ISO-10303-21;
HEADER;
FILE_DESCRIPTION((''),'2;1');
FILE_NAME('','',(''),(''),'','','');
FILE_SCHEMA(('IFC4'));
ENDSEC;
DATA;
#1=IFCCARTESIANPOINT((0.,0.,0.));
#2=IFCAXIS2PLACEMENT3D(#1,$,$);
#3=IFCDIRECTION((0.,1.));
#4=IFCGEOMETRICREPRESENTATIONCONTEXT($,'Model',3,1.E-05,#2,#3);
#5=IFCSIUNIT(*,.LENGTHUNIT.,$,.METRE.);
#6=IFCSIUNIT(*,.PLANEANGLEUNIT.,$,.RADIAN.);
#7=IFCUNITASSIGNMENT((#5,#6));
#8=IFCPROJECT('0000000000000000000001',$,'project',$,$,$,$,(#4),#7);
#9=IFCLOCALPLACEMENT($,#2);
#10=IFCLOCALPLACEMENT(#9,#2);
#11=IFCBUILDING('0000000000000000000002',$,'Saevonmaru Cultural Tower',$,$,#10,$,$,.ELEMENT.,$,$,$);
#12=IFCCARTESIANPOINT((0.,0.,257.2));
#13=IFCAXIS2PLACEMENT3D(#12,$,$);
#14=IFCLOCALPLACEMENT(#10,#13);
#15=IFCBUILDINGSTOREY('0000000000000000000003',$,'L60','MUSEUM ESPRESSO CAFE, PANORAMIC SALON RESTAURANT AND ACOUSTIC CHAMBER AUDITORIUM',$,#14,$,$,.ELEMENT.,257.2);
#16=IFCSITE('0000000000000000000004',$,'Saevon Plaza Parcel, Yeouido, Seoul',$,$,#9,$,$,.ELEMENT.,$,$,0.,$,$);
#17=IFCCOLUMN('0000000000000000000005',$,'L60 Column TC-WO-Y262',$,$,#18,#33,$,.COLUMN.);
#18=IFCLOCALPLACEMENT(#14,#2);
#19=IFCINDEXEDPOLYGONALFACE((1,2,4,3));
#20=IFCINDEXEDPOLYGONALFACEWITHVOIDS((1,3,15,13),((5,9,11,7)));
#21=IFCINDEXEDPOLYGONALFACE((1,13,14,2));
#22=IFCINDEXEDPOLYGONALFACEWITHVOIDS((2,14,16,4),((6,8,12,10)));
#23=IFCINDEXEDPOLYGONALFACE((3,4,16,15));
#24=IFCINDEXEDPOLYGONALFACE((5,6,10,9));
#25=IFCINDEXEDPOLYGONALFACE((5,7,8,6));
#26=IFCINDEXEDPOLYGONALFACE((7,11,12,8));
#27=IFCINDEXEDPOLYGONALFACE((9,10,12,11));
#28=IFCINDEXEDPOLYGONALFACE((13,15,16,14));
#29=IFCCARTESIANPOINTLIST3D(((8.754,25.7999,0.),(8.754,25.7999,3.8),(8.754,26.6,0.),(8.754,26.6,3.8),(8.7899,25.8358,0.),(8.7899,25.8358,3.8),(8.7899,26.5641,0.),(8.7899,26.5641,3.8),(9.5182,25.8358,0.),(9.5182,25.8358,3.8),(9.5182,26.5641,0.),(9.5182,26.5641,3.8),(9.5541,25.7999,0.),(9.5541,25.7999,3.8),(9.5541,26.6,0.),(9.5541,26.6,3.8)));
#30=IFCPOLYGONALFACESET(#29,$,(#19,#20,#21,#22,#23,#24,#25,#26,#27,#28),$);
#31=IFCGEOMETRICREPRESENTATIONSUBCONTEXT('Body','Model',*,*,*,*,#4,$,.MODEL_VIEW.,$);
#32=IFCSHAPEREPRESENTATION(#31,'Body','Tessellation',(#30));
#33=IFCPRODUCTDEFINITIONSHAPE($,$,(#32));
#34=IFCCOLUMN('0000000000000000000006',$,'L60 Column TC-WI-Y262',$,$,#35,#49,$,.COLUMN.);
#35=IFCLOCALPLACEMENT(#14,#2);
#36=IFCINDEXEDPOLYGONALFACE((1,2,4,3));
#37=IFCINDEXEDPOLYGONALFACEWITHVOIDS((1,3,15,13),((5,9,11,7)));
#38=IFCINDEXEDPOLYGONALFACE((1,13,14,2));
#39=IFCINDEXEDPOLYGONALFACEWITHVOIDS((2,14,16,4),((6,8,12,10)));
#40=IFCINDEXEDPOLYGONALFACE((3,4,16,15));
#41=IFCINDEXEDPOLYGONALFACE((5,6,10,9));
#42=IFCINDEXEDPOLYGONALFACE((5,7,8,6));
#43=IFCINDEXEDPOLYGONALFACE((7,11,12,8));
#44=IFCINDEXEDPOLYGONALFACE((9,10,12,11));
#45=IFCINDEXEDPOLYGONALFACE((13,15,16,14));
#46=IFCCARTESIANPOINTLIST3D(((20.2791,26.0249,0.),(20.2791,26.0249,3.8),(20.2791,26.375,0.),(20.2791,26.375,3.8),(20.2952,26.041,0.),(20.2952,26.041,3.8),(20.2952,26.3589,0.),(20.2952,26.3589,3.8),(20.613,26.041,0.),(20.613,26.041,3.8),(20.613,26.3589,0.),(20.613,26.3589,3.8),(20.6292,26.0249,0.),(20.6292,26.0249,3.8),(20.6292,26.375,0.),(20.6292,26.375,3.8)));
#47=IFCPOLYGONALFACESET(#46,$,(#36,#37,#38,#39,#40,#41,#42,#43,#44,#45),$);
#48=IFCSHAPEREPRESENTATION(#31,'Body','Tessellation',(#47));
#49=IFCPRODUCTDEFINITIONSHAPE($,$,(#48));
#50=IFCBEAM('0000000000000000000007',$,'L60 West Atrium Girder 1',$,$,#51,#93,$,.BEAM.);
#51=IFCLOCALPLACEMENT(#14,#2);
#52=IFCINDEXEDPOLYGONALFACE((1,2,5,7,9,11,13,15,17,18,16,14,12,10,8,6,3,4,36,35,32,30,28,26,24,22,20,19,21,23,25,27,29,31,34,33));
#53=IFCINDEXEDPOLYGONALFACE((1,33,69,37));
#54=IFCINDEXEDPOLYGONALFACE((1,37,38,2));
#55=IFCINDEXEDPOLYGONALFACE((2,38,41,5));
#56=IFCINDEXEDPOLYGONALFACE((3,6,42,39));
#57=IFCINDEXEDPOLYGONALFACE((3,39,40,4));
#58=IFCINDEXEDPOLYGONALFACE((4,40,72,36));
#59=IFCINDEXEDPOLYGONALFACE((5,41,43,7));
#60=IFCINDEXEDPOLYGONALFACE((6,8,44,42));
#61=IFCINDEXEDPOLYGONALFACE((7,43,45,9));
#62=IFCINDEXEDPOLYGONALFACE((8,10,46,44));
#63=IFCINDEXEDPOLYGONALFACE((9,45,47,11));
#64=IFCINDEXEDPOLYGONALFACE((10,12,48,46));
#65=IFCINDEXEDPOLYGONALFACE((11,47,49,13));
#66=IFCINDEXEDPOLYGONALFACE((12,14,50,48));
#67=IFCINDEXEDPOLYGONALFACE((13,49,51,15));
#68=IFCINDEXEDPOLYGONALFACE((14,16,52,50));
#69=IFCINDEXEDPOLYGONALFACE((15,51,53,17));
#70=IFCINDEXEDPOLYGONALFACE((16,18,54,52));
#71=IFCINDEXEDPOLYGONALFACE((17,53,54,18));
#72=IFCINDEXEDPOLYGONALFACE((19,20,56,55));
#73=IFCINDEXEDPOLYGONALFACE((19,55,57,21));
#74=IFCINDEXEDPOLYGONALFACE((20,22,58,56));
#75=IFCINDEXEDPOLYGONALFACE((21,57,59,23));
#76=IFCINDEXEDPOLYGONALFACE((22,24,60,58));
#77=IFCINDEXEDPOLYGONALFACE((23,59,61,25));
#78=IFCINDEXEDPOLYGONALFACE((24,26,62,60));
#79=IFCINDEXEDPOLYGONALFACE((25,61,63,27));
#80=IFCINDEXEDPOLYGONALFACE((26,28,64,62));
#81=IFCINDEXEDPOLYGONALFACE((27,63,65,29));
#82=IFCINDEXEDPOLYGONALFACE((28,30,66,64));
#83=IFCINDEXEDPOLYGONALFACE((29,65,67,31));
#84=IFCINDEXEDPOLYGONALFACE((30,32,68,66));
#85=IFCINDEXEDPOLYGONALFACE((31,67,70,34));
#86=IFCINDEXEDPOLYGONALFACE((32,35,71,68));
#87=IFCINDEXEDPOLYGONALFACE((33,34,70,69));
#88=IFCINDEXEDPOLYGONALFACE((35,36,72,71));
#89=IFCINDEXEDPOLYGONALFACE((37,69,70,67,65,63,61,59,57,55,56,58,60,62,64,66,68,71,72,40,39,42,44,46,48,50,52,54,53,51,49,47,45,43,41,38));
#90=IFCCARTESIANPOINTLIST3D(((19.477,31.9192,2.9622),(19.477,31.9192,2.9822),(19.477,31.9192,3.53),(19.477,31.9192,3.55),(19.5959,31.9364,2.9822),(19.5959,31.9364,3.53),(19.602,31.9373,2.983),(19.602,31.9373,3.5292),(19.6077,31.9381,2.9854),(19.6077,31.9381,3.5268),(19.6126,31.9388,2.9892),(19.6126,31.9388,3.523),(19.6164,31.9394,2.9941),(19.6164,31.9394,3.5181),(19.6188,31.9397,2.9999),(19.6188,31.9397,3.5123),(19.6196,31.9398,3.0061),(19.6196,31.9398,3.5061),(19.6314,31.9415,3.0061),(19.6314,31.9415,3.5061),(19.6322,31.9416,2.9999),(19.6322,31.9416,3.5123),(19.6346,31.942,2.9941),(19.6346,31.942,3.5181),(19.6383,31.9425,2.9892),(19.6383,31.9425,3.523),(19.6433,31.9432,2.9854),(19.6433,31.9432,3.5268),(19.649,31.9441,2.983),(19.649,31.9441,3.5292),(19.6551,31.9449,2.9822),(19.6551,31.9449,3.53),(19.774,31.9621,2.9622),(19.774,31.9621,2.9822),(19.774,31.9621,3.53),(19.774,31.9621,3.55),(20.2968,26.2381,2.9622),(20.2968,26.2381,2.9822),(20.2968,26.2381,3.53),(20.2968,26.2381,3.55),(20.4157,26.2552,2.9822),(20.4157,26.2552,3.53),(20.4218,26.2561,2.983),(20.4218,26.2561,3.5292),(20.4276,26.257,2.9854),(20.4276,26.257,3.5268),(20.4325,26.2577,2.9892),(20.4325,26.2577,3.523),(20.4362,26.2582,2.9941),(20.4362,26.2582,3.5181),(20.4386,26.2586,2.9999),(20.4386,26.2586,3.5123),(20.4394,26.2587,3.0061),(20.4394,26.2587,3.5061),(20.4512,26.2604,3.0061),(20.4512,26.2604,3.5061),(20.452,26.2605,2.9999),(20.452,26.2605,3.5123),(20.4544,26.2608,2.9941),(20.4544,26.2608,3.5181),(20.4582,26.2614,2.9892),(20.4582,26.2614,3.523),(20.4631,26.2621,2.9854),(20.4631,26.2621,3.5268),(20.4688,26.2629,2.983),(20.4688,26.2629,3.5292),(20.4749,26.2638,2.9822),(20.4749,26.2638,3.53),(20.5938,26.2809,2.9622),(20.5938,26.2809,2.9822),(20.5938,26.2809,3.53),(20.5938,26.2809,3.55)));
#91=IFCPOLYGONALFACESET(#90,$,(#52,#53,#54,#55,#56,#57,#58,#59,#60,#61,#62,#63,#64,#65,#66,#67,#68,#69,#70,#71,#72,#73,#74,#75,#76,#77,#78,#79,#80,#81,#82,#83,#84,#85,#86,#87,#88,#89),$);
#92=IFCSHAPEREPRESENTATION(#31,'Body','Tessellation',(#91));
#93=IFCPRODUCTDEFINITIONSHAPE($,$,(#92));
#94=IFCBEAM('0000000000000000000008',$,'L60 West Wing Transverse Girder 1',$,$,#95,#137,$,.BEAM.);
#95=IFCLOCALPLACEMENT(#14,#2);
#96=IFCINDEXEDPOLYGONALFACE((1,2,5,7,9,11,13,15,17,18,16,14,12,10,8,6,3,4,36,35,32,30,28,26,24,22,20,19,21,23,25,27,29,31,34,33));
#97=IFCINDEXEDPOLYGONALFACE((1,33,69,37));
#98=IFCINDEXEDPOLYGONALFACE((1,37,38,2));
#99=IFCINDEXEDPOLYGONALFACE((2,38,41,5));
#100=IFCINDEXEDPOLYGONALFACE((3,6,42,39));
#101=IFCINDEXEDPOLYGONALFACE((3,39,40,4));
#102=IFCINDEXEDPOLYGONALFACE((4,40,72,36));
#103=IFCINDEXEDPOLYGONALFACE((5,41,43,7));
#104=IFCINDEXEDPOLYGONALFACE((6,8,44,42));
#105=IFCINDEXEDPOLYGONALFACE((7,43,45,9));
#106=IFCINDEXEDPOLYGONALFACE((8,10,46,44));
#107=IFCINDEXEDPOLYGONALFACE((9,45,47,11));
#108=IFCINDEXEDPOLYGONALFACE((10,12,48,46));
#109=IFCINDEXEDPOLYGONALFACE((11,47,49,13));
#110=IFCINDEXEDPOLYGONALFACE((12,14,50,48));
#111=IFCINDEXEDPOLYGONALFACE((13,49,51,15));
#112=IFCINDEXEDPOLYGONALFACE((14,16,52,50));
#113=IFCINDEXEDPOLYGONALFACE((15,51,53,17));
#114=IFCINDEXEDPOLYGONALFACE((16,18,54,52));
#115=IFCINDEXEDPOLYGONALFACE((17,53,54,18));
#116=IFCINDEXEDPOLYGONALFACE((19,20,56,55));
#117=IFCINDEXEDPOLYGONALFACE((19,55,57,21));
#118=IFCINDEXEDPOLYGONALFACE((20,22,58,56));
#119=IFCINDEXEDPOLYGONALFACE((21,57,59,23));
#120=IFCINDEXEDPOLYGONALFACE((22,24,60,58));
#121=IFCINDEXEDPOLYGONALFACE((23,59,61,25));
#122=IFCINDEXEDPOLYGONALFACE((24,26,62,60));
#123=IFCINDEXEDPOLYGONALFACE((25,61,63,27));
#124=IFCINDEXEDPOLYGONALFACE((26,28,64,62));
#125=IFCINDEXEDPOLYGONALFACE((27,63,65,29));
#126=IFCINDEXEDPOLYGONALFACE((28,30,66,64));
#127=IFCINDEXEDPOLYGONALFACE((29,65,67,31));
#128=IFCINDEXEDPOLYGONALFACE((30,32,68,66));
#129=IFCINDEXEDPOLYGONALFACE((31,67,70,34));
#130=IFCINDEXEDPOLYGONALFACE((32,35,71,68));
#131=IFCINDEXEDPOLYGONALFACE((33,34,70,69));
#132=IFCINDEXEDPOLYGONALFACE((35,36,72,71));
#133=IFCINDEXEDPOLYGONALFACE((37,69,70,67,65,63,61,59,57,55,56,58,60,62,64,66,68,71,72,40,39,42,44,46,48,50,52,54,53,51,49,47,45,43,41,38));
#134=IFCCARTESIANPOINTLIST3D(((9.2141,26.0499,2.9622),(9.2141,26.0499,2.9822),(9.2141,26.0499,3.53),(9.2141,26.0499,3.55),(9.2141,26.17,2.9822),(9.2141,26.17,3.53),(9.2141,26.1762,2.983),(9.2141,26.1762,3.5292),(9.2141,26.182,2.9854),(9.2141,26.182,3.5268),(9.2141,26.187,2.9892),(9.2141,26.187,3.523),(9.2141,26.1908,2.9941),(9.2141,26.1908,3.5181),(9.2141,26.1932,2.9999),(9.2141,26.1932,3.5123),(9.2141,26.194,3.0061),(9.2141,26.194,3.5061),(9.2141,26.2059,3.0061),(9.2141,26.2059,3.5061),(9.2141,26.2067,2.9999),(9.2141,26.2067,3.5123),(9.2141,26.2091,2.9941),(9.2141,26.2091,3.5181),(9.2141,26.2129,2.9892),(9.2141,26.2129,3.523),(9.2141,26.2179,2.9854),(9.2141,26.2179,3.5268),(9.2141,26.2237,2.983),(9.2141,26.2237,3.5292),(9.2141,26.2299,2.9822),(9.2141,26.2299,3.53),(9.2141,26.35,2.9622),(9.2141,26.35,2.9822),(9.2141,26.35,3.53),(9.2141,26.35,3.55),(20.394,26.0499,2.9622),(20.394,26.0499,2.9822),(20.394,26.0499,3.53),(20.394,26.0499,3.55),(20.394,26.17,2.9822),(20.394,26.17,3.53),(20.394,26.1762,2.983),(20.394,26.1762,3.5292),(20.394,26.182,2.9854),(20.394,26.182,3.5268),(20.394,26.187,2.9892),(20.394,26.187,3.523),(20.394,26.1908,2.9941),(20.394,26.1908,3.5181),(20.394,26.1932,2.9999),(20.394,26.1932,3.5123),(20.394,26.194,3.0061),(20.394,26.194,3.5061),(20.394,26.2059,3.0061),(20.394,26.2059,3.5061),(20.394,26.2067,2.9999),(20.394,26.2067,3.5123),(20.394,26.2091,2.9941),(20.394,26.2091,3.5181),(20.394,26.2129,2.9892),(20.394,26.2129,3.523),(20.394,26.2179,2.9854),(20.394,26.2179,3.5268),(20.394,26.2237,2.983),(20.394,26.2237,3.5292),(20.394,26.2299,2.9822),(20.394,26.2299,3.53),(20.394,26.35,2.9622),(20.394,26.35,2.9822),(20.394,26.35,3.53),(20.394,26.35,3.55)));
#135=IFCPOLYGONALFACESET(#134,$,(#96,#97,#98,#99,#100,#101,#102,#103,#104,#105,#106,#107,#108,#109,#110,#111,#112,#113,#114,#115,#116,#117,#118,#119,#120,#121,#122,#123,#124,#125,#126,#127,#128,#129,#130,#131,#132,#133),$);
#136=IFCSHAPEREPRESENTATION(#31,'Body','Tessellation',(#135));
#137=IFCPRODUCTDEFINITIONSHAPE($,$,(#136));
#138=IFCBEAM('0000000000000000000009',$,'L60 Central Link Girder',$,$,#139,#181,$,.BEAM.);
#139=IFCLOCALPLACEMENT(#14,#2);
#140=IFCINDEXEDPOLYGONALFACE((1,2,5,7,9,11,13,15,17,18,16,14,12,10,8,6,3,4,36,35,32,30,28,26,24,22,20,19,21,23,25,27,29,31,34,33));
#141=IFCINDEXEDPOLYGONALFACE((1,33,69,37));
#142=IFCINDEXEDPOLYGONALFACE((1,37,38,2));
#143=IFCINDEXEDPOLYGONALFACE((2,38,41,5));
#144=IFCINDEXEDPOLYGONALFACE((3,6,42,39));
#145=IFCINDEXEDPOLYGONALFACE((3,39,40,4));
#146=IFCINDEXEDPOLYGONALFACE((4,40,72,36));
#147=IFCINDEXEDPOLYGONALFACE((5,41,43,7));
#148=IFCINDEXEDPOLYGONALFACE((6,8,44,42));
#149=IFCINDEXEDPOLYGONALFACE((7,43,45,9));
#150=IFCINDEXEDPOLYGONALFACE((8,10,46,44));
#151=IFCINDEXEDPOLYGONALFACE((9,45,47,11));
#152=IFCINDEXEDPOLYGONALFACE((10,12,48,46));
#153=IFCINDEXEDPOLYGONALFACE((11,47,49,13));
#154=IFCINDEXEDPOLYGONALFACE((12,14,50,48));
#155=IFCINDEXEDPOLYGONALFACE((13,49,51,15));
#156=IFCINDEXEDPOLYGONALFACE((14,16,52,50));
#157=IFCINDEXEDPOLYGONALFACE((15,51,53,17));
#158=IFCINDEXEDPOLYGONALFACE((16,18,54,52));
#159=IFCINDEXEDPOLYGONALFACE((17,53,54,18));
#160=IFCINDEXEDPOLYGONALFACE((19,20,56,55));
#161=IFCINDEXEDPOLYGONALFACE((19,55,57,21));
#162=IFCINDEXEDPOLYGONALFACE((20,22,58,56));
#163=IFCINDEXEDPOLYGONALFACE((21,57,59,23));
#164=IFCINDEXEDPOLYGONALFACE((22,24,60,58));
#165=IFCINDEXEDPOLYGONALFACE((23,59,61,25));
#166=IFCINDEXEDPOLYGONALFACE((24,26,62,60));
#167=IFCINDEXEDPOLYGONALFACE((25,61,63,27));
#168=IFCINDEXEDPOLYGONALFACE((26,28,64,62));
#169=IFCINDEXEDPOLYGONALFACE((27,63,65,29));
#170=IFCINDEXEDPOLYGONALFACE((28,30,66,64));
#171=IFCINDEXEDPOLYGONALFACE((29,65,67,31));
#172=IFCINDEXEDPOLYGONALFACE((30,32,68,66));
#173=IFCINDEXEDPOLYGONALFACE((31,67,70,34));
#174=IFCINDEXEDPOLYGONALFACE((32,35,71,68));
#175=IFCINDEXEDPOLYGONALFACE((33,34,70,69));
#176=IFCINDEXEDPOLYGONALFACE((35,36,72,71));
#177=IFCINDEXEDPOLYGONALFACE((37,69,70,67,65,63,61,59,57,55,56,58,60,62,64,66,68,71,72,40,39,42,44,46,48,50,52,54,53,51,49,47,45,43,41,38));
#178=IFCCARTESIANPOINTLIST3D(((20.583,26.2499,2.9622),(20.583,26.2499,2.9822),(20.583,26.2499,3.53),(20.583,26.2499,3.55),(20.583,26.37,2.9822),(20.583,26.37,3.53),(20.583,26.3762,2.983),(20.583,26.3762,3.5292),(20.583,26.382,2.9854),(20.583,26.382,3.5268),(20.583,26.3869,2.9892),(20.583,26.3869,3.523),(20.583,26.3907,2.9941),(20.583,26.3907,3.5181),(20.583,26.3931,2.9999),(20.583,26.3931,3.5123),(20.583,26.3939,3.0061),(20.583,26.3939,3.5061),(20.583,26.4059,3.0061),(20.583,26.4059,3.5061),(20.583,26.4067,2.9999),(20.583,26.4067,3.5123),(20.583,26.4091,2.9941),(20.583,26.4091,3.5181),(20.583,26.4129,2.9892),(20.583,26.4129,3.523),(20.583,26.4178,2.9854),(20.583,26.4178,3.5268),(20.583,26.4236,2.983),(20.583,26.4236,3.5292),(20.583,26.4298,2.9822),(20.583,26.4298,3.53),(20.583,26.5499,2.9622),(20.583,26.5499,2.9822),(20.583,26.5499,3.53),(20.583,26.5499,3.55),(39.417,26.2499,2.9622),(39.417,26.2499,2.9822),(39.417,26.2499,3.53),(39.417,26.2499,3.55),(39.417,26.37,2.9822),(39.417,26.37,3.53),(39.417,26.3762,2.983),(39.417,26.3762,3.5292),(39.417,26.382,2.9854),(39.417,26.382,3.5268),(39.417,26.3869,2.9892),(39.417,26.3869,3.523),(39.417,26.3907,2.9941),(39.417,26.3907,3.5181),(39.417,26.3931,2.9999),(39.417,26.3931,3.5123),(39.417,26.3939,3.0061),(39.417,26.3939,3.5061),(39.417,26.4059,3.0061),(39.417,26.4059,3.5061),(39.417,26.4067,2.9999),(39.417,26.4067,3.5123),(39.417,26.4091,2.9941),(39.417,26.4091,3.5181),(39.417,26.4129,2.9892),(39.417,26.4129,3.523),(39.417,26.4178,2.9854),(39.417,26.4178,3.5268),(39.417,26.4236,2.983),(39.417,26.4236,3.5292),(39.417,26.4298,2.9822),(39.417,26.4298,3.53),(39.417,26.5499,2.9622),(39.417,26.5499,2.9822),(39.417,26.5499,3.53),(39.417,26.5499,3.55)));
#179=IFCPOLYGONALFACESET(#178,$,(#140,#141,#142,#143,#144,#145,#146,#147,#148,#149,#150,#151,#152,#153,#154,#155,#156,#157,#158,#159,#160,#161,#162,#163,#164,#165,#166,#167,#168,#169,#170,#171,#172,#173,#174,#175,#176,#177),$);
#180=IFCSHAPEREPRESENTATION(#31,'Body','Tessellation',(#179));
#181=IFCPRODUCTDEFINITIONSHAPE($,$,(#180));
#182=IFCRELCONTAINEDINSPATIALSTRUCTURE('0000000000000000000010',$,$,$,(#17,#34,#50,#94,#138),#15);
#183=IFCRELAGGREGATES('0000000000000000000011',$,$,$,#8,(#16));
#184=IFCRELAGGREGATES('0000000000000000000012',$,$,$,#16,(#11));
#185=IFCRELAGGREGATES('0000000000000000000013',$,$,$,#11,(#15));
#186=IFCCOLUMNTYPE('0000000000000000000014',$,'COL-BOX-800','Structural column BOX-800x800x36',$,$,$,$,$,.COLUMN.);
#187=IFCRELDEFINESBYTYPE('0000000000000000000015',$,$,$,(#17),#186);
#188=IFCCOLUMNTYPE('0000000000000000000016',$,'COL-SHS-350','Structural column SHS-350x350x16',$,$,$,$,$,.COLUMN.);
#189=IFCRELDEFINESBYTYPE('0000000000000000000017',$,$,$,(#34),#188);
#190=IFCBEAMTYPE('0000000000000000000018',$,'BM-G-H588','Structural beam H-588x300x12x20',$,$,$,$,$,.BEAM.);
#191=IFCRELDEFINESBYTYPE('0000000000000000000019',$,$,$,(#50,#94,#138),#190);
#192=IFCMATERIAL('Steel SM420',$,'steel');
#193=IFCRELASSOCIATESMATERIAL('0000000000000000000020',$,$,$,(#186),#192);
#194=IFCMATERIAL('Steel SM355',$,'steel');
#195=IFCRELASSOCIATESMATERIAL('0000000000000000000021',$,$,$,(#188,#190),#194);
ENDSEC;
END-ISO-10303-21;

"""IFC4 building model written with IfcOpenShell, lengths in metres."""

from ifc_helpers import new_model, si_unit, direction, frame, origin, origin_2d, place, context, subcontext, project, spatial, hollow_rectangle, i_section, extrude, material, material_profile, profile_set, type_object, element, save


model = new_model("IFC4")

# Units and contexts
model_context = context("Model", 3, precision=1e-05, world=origin(), true_north=direction((0.0, 1.0)))
body_context = subcontext(model_context, "Body", "Model", "MODEL_VIEW")
ifc_project = project(units=[si_unit("LENGTHUNIT", "METRE"), si_unit("PLANEANGLEUNIT", "RADIAN")], contexts=[model_context])

# Site, building, storey
site_placement = place(None, origin())
site = spatial("IfcSite", under=ifc_project, at=site_placement, Name="Saevon Plaza Parcel, Yeouido, Seoul", CompositionType="ELEMENT", RefElevation=0.0)
building_placement = place(site_placement, origin())
building = spatial("IfcBuilding", under=site, at=building_placement, Name="Saevonmaru Cultural Tower", CompositionType="ELEMENT")
storey_placement = place(building_placement, frame((0.0, 0.0, 257.2)))
storey = spatial("IfcBuildingStorey", under=building, at=storey_placement, Name="L60", Description="MUSEUM ESPRESSO CAFE, PANORAMIC SALON RESTAURANT AND ACOUSTIC CHAMBER AUDITORIUM", CompositionType="ELEMENT", Elevation=257.2)

# Columns
ifc_material_1 = material(Name="Steel SM420", Category="steel")
ifc_material_profile_1 = material_profile(ifc_material_1, hollow_rectangle(XDim=0.8, YDim=0.8, WallThickness=0.0359, at=origin_2d()), Name="BOX-800x800x36")
ifc_profile_set_1 = profile_set([ifc_material_profile_1], Name="Steel SM420")
column_type_1 = type_object("IfcColumnType", Name="COL-BOX-800", Description="Structural column BOX-800x800x36", PredefinedType="COLUMN", material=ifc_profile_set_1)
column_1_placement = place(storey_placement, frame((9.1541, 26.2, 0.0), z_axis=(0.0, 0.0, 1.0), x_axis=(1.0, 0.0, 0.0)))
element("IfcColumn", 1, at=column_1_placement, inside=storey, type_object=column_type_1, Name="L60 Column TC-WO-Y262", PredefinedType="COLUMN", context=body_context, shape_type="SweptSolid", body=[
    extrude(hollow_rectangle(XDim=0.8, YDim=0.8, WallThickness=0.0359, at=origin_2d()), origin(), (0.0, 0.0, 1.0), 3.8),
])
ifc_material_2 = material(Name="Steel SM355", Category="steel")
ifc_material_profile_2 = material_profile(ifc_material_2, hollow_rectangle(XDim=0.3501, YDim=0.3501, WallThickness=0.0161, at=origin_2d()), Name="SHS-350x350x16")
ifc_profile_set_2 = profile_set([ifc_material_profile_2], Name="Steel SM355")
column_type_2 = type_object("IfcColumnType", Name="COL-SHS-350", Description="Structural column SHS-350x350x16", PredefinedType="COLUMN", material=ifc_profile_set_2)
column_2_placement = place(storey_placement, frame((20.4541, 26.2, 0.0), z_axis=(0.0, 0.0, 1.0), x_axis=(1.0, 0.0, 0.0)))
element("IfcColumn", 2, at=column_2_placement, inside=storey, type_object=column_type_2, Name="L60 Column TC-WI-Y262", PredefinedType="COLUMN", context=body_context, shape_type="SweptSolid", body=[
    extrude(hollow_rectangle(XDim=0.3501, YDim=0.3501, WallThickness=0.0161, at=origin_2d()), origin(), (0.0, 0.0, 1.0), 3.8),
])

# Beams
ifc_material_profile_3 = material_profile(ifc_material_2, i_section(OverallWidth=0.3, OverallDepth=0.5879, WebThickness=0.012, FlangeThickness=0.02, FilletRadius=0.0239, at=origin_2d()), Name="H-588x300x12x20")
ifc_profile_set_3 = profile_set([ifc_material_profile_3], Name="Steel SM355")
beam_type_1 = type_object("IfcBeamType", Name="BM-G-H588", Description="Structural beam H-588x300x12x20", PredefinedType="BEAM", material=ifc_profile_set_3)
beam_1_placement = place(storey_placement, frame((20.4453, 26.2595, 3.2561), z_axis=(-0.142827, 0.989748, 0.0), x_axis=(-0.989748, -0.142827, 0.0)))
element("IfcBeam", 3, at=beam_1_placement, inside=storey, type_object=beam_type_1, Name="L60 West Atrium Girder 1", PredefinedType="BEAM", context=body_context, shape_type="SweptSolid", body=[
    extrude(i_section(OverallWidth=0.3, OverallDepth=0.5879, WebThickness=0.012, FlangeThickness=0.02, FilletRadius=0.0239, at=origin_2d()), origin(), (0.0, 0.0, 1.0), 5.74),
])
beam_2_placement = place(storey_placement, frame((9.2141, 26.2, 3.2561), z_axis=(1.0, 0.0, 0.0), x_axis=(0.0, 1.0, 0.0)))
element("IfcBeam", 4, at=beam_2_placement, inside=storey, type_object=beam_type_1, Name="L60 West Wing Transverse Girder 1", PredefinedType="BEAM", context=body_context, shape_type="SweptSolid", body=[
    extrude(i_section(OverallWidth=0.3, OverallDepth=0.5879, WebThickness=0.012, FlangeThickness=0.02, FilletRadius=0.0239, at=origin_2d()), origin(), (0.0, 0.0, 1.0), 11.1799),
])
beam_3_placement = place(storey_placement, frame((20.583, 26.3999, 3.2561), z_axis=(1.0, 0.0, 0.0), x_axis=(0.0, 1.0, 0.0)))
element("IfcBeam", 5, at=beam_3_placement, inside=storey, type_object=beam_type_1, Name="L60 Central Link Girder", PredefinedType="BEAM", context=body_context, shape_type="SweptSolid", body=[
    extrude(i_section(OverallWidth=0.3, OverallDepth=0.5879, WebThickness=0.012, FlangeThickness=0.02, FilletRadius=0.0239, at=origin_2d()), origin(), (0.0, 0.0, 1.0), 18.834),
])

save(model, "model.ifc")
